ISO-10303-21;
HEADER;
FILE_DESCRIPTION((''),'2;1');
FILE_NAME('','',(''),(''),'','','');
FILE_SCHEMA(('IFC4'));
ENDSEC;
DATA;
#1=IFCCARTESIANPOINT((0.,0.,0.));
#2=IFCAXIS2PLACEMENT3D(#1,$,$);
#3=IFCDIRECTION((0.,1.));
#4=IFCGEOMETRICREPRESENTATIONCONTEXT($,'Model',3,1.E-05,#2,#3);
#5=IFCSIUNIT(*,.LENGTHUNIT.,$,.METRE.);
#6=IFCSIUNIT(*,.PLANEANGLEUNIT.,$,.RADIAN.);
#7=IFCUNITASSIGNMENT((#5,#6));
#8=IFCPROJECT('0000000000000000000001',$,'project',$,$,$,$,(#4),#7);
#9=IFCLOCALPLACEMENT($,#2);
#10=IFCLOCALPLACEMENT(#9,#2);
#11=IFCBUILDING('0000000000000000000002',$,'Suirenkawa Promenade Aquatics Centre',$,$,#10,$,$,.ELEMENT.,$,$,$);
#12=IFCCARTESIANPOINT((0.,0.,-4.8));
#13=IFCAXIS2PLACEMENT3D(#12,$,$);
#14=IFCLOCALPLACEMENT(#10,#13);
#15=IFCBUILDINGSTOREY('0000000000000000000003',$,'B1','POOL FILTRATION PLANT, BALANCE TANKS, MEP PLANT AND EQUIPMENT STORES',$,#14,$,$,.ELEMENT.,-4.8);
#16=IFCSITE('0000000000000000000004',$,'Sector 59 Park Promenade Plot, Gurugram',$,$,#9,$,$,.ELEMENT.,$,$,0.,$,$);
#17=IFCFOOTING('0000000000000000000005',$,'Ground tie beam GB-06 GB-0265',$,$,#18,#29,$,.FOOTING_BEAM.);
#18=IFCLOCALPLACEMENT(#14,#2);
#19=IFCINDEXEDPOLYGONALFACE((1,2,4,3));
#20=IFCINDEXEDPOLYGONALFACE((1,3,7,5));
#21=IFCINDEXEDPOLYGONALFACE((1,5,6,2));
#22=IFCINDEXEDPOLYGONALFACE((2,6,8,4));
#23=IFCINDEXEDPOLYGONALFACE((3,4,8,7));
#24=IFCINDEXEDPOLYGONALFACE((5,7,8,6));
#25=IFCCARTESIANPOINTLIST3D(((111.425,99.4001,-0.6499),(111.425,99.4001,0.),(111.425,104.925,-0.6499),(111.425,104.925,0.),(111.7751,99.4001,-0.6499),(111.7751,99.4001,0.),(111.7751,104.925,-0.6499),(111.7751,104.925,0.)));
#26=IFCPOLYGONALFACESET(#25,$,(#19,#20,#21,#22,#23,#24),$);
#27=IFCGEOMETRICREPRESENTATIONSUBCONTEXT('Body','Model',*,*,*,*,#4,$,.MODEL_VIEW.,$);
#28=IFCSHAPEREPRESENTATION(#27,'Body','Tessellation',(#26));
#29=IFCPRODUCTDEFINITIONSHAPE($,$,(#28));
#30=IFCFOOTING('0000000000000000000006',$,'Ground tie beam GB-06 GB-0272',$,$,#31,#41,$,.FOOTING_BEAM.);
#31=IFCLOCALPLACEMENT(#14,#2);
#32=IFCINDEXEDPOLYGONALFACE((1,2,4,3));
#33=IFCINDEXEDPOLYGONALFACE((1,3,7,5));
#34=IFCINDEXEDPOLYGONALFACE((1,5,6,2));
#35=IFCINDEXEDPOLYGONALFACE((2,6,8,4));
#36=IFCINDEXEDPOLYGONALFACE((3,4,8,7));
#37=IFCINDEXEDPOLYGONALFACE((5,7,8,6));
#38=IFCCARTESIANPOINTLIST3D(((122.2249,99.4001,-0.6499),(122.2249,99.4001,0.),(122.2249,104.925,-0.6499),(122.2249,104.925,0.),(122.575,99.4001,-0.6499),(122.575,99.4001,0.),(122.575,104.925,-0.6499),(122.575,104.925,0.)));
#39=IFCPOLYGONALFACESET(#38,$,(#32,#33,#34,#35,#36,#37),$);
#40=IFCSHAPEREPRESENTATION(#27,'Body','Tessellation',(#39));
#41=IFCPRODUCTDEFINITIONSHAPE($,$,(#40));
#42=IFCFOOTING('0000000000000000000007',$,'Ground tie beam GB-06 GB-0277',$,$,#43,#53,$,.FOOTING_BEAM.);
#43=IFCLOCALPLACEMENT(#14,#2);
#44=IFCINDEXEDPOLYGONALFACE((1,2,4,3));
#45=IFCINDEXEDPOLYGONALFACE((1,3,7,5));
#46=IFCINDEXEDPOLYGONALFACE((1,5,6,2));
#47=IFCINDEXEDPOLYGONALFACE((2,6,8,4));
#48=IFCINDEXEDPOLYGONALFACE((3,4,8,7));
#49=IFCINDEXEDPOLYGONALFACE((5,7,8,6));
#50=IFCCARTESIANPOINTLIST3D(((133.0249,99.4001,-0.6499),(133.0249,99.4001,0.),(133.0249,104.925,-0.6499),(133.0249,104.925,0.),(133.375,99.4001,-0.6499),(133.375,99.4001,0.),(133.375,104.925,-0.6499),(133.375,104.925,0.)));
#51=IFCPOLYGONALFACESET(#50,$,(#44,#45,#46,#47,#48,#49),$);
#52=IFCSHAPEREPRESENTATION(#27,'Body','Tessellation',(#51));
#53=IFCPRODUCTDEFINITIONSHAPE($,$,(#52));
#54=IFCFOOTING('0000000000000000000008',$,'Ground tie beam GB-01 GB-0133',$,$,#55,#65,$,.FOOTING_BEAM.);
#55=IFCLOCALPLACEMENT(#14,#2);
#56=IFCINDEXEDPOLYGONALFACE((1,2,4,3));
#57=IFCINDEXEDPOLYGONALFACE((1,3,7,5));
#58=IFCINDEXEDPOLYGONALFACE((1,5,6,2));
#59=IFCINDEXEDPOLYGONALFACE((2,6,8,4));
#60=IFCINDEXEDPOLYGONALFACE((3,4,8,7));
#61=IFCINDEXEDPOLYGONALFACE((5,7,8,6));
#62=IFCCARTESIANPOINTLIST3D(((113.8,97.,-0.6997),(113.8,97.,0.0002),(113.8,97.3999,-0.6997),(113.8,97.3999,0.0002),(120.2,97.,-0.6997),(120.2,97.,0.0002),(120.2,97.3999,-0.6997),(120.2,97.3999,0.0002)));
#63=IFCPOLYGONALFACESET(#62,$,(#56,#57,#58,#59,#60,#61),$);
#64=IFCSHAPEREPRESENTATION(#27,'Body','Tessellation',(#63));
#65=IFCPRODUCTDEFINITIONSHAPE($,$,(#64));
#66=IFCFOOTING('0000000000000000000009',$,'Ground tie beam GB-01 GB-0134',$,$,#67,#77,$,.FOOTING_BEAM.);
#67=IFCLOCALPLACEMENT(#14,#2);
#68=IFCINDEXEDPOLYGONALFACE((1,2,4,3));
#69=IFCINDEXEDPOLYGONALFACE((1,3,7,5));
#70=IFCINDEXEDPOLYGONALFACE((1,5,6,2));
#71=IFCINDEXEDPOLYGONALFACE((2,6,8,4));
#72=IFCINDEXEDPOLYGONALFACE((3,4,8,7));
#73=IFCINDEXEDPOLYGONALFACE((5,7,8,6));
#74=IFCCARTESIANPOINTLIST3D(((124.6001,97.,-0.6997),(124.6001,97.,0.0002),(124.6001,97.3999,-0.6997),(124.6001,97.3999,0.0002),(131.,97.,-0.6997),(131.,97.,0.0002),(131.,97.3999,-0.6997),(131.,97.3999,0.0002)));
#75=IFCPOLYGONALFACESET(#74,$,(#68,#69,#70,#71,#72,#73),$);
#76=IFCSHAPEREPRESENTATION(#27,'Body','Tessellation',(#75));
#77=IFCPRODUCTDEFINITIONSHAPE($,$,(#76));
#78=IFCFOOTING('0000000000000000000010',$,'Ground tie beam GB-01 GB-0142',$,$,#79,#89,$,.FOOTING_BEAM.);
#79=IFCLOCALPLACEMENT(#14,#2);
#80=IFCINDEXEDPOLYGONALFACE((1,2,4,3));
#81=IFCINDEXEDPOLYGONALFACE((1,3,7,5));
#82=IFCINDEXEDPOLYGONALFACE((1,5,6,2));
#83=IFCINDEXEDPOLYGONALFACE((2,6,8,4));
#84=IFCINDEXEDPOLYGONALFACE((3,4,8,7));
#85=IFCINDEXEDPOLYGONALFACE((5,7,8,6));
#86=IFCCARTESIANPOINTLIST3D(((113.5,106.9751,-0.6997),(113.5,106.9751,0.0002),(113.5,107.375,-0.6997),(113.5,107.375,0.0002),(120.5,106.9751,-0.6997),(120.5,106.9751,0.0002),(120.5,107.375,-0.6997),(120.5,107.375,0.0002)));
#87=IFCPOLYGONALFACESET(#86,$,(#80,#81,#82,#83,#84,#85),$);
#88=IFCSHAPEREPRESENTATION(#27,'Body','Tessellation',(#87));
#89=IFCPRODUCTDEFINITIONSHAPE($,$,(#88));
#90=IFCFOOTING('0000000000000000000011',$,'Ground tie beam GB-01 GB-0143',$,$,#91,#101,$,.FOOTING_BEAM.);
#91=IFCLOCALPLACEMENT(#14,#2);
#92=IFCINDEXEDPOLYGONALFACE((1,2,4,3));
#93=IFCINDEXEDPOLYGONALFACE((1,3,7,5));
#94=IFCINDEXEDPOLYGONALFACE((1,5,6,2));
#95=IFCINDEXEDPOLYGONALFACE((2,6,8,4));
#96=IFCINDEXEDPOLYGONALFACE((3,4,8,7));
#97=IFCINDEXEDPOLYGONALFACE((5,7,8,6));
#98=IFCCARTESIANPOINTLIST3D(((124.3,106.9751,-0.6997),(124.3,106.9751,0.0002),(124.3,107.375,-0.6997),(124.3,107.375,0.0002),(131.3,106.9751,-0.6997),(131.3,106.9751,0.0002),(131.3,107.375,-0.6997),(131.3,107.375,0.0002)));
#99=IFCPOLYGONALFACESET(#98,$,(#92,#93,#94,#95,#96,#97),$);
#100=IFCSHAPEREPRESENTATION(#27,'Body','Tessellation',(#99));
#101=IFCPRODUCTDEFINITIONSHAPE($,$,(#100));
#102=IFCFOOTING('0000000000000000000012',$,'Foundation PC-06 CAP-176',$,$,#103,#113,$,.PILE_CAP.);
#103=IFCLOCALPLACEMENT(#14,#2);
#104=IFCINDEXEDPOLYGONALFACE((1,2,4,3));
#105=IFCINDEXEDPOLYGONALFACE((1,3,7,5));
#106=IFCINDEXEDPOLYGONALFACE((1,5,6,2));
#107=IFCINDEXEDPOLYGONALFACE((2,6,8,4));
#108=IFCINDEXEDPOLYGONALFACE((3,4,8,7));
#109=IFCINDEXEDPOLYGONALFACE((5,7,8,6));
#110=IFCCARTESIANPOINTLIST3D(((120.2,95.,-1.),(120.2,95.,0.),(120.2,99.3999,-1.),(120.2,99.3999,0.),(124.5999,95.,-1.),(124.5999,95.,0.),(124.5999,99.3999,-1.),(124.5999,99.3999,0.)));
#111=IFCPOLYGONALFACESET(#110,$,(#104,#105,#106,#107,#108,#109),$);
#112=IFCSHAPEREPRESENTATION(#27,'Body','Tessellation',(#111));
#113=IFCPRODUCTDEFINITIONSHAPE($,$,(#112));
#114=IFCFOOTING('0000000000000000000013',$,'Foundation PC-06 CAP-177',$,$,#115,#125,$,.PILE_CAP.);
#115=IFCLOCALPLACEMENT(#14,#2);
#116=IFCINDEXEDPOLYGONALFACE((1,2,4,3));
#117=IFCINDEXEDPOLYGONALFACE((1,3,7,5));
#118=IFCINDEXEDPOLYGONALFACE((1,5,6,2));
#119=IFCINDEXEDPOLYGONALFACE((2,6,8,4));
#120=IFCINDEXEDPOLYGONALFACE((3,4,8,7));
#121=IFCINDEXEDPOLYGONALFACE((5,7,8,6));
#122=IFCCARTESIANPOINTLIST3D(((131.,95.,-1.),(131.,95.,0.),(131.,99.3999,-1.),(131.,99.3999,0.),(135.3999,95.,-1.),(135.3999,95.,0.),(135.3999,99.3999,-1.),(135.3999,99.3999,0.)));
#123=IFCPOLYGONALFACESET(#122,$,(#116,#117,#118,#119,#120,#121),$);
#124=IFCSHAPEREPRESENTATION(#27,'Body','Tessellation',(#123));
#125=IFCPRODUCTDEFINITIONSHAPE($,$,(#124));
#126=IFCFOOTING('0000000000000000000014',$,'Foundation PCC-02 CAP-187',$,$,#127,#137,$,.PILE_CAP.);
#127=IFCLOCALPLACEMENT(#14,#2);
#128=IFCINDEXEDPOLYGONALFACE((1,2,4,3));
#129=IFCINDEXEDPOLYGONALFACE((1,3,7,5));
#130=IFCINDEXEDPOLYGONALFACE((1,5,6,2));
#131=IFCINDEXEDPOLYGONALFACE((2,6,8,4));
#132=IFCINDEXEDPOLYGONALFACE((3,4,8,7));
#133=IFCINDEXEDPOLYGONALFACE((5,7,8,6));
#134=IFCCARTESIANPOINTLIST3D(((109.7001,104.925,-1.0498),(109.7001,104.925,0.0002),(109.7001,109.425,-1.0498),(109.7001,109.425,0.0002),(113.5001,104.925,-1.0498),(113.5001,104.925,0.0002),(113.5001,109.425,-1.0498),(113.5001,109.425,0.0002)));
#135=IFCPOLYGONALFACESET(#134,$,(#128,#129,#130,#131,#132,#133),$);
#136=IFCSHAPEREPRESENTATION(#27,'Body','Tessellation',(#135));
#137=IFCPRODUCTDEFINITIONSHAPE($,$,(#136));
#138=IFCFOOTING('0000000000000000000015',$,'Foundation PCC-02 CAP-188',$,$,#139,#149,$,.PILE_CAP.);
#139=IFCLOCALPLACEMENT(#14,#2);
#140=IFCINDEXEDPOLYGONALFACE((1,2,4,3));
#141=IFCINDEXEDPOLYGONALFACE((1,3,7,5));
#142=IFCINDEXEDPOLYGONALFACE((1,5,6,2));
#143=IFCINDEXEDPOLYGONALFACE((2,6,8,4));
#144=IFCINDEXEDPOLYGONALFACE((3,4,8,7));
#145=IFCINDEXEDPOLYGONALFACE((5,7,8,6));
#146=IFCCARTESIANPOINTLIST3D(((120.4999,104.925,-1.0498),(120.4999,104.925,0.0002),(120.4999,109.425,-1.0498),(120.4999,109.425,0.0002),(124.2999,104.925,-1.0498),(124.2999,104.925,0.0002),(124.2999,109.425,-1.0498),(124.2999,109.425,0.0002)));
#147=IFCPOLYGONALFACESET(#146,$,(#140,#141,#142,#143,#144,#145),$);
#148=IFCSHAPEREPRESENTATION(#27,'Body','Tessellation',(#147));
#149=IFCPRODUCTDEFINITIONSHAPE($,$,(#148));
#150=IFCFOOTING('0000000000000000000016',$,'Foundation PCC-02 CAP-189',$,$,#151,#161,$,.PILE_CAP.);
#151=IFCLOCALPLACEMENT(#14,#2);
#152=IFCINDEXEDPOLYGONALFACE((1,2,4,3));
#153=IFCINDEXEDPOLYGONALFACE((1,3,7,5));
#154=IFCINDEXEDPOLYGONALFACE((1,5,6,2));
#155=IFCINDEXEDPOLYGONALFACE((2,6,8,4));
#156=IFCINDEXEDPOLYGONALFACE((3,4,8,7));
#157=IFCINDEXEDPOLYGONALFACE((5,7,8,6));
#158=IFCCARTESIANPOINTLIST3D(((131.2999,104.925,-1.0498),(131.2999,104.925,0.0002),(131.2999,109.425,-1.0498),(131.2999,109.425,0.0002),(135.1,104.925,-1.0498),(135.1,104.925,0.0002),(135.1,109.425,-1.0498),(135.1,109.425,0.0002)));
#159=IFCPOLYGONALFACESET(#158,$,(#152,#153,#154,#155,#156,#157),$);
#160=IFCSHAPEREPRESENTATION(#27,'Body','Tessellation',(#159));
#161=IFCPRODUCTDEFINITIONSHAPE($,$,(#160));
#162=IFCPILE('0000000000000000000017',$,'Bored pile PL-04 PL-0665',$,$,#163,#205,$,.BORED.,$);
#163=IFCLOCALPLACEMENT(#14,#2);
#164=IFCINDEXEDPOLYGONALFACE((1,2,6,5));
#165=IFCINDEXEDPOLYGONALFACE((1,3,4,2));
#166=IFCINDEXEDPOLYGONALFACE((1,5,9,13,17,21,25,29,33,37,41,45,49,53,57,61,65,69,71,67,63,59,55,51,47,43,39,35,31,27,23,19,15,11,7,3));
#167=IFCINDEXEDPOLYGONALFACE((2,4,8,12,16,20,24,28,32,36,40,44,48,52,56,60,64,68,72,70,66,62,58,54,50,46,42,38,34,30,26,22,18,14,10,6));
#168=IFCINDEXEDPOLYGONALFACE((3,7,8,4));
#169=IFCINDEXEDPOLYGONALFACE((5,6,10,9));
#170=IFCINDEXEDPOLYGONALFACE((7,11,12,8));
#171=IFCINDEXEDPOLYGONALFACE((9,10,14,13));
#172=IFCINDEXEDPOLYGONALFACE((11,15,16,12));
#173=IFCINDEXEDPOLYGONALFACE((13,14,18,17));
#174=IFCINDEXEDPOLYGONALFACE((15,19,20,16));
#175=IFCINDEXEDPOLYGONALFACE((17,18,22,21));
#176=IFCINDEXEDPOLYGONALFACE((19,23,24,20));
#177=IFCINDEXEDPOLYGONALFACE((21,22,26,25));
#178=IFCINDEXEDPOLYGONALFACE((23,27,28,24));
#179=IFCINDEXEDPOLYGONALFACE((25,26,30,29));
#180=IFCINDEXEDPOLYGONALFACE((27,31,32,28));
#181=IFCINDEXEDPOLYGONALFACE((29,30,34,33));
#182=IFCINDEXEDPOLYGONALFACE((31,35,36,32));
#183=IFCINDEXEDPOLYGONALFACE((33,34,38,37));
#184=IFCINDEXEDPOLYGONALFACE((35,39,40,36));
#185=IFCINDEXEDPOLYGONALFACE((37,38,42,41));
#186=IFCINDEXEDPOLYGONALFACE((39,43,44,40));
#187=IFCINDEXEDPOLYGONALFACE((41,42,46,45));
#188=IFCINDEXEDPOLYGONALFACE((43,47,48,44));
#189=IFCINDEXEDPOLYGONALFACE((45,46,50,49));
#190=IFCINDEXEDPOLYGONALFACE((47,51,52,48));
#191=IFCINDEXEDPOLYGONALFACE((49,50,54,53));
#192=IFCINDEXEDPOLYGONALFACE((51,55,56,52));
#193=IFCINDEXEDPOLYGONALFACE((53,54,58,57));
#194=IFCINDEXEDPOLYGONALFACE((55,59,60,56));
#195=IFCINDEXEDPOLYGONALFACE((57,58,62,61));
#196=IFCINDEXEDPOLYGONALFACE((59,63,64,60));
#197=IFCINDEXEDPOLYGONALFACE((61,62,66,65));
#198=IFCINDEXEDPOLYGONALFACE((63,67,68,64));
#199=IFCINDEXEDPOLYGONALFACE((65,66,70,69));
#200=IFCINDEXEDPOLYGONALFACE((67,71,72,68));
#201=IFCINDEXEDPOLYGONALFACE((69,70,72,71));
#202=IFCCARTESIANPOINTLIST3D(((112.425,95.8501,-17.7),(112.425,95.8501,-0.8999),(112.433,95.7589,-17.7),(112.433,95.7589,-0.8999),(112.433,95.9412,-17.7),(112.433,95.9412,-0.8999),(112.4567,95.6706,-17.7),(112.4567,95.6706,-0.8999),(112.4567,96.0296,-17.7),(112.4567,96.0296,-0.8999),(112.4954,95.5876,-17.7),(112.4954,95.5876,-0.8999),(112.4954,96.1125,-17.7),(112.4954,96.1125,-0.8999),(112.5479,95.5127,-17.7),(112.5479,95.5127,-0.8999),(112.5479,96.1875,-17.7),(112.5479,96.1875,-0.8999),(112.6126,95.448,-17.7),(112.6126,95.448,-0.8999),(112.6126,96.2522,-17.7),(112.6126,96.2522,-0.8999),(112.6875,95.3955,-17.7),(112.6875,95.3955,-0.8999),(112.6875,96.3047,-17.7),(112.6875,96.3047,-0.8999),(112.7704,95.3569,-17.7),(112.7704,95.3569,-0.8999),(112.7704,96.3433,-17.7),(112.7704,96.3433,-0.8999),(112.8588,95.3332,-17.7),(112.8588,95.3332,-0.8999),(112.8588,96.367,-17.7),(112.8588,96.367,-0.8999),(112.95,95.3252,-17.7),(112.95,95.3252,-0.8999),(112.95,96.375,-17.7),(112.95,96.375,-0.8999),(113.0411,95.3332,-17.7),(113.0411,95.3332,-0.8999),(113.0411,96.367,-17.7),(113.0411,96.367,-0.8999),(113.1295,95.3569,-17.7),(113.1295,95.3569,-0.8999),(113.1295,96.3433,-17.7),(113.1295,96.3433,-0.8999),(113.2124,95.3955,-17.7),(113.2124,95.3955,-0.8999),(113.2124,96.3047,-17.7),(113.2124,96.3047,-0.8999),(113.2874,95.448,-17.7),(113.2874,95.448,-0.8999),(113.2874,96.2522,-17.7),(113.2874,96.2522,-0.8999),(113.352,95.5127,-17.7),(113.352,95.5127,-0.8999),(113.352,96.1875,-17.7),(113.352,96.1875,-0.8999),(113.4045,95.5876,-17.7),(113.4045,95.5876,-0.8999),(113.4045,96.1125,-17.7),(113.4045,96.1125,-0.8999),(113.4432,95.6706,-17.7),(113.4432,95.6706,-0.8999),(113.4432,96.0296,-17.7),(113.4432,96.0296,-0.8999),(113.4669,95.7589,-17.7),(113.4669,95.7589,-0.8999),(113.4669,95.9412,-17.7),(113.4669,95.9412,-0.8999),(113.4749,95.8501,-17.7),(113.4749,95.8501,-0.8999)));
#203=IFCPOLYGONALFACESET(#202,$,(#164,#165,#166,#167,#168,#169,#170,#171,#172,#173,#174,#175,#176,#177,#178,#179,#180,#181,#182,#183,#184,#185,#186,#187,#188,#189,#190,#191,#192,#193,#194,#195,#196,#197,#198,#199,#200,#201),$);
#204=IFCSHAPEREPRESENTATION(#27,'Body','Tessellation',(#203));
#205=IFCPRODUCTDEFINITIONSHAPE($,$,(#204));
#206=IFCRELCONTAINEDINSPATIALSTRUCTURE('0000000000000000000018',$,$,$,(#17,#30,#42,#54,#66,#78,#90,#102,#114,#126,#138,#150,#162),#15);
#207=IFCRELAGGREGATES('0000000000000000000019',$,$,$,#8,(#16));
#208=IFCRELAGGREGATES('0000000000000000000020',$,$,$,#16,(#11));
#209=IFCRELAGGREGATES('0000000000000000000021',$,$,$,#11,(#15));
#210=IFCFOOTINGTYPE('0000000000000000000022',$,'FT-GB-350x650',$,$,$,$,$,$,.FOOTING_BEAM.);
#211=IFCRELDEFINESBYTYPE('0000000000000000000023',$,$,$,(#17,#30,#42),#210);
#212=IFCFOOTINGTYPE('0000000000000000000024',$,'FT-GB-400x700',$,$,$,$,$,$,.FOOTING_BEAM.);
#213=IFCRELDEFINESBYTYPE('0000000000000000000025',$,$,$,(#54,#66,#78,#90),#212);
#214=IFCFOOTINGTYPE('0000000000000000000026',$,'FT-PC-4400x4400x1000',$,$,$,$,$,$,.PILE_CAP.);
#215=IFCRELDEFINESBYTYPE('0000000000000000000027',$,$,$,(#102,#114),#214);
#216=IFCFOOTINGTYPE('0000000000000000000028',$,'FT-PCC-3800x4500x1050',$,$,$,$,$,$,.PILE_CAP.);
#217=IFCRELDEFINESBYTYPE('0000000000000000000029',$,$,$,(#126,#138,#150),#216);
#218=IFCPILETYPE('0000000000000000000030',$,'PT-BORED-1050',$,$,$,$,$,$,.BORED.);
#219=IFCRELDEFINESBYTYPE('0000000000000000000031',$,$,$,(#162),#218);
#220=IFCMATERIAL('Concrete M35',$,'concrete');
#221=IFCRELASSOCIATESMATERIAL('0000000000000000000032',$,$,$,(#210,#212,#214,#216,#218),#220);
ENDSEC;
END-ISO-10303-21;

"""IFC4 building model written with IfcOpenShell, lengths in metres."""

from ifc_helpers import new_model, si_unit, direction, frame, origin, origin_2d, place, context, subcontext, project, spatial, rectangle, circle, extrude, material, material_profile, profile_set, type_object, element, save


model = new_model("IFC4")

# Units and contexts
model_context = context("Model", 3, precision=1e-05, world=origin(), true_north=direction((0.0, 1.0)))
body_context = subcontext(model_context, "Body", "Model", "MODEL_VIEW")
ifc_project = project(units=[si_unit("LENGTHUNIT", "METRE"), si_unit("PLANEANGLEUNIT", "RADIAN")], contexts=[model_context])

# Site, building, storey
site_placement = place(None, origin())
site = spatial("IfcSite", under=ifc_project, at=site_placement, Name="Sector 59 Park Promenade Plot, Gurugram", CompositionType="ELEMENT", RefElevation=0.0)
building_placement = place(site_placement, origin())
building = spatial("IfcBuilding", under=site, at=building_placement, Name="Suirenkawa Promenade Aquatics Centre", CompositionType="ELEMENT")
storey_placement = place(building_placement, frame((0.0, 0.0, -4.8)))
storey = spatial("IfcBuildingStorey", under=building, at=storey_placement, Name="B1", Description="POOL FILTRATION PLANT, BALANCE TANKS, MEP PLANT AND EQUIPMENT STORES", CompositionType="ELEMENT", Elevation=-4.8)

# Footings
ifc_material_1 = material(Name="Concrete M35", Category="concrete")
footing_type_1 = type_object("IfcFootingType", Name="FT-GB-350x650", PredefinedType="FOOTING_BEAM", material=ifc_material_1)
for number, where, z_axis, x_axis, name in (
    (1, (111.6001, 102.1626, -0.6499), (0.0, 0.0, 1.0), (0.0, 1.0, 0.0), "Ground tie beam GB-06 GB-0265"),
    (2, (122.3999, 102.1626, -0.6499), (0.0, 0.0, 1.0), (0.0, 1.0, 0.0), "Ground tie beam GB-06 GB-0272"),
    (3, (133.2, 102.1626, -0.6499), (0.0, 0.0, 1.0), (0.0, 1.0, 0.0), "Ground tie beam GB-06 GB-0277"),
):
    element("IfcFooting", number, at=place(storey_placement, frame(where, z_axis=z_axis, x_axis=x_axis)), inside=storey, type_object=footing_type_1, Name=name, PredefinedType="FOOTING_BEAM", context=body_context, shape_type="SweptSolid", body=[
        extrude(rectangle(XDim=5.5249, YDim=0.3501, at=origin_2d()), origin(), (0.0, 0.0, 1.0), 0.6499),
    ])
footing_type_2 = type_object("IfcFootingType", Name="FT-GB-400x700", PredefinedType="FOOTING_BEAM", material=ifc_material_1)
for number, where, z_axis, x_axis, name in (
    (4, (117.0, 97.2, -0.6997), (0.0, 0.0, 1.0), (1.0, 0.0, 0.0), "Ground tie beam GB-01 GB-0133"),
    (5, (127.8, 97.2, -0.6997), (0.0, 0.0, 1.0), (1.0, 0.0, 0.0), "Ground tie beam GB-01 GB-0134"),
):
    element("IfcFooting", number, at=place(storey_placement, frame(where, z_axis=z_axis, x_axis=x_axis)), inside=storey, type_object=footing_type_2, Name=name, PredefinedType="FOOTING_BEAM", context=body_context, shape_type="SweptSolid", body=[
        extrude(rectangle(XDim=6.3999, YDim=0.3999, at=origin_2d()), origin(), (0.0, 0.0, 1.0), 0.7),
    ])
for number, where, z_axis, x_axis, name in (
    (6, (117.0, 107.175, -0.6997), (0.0, 0.0, 1.0), (1.0, 0.0, 0.0), "Ground tie beam GB-01 GB-0142"),
    (7, (127.8, 107.175, -0.6997), (0.0, 0.0, 1.0), (1.0, 0.0, 0.0), "Ground tie beam GB-01 GB-0143"),
):
    element("IfcFooting", number, at=place(storey_placement, frame(where, z_axis=z_axis, x_axis=x_axis)), inside=storey, type_object=footing_type_2, Name=name, PredefinedType="FOOTING_BEAM", context=body_context, shape_type="SweptSolid", body=[
        extrude(rectangle(XDim=7.0, YDim=0.3999, at=origin_2d()), origin(), (0.0, 0.0, 1.0), 0.7),
    ])
footing_type_3 = type_object("IfcFootingType", Name="FT-PC-4400x4400x1000", PredefinedType="PILE_CAP", material=ifc_material_1)
for number, where, z_axis, x_axis, name in (
    (8, (122.3999, 97.2, -1.0), (0.0, 0.0, 1.0), (1.0, 0.0, 0.0), "Foundation PC-06 CAP-176"),
    (9, (133.2, 97.2, -1.0), (0.0, 0.0, 1.0), (1.0, 0.0, 0.0), "Foundation PC-06 CAP-177"),
):
    element("IfcFooting", number, at=place(storey_placement, frame(where, z_axis=z_axis, x_axis=x_axis)), inside=storey, type_object=footing_type_3, Name=name, PredefinedType="PILE_CAP", context=body_context, shape_type="SweptSolid", body=[
        extrude(rectangle(XDim=4.3999, YDim=4.3999, at=origin_2d()), origin(), (0.0, 0.0, 1.0), 1.0),
    ])
footing_type_4 = type_object("IfcFootingType", Name="FT-PCC-3800x4500x1050", PredefinedType="PILE_CAP", material=ifc_material_1)
for number, where, z_axis, x_axis, name in (
    (10, (111.6001, 107.175, -1.0498), (0.0, 0.0, 1.0), (1.0, 0.0, 0.0), "Foundation PCC-02 CAP-187"),
    (11, (122.3999, 107.175, -1.0498), (0.0, 0.0, 1.0), (1.0, 0.0, 0.0), "Foundation PCC-02 CAP-188"),
    (12, (133.2, 107.175, -1.0498), (0.0, 0.0, 1.0), (1.0, 0.0, 0.0), "Foundation PCC-02 CAP-189"),
):
    element("IfcFooting", number, at=place(storey_placement, frame(where, z_axis=z_axis, x_axis=x_axis)), inside=storey, type_object=footing_type_4, Name=name, PredefinedType="PILE_CAP", context=body_context, shape_type="SweptSolid", body=[
        extrude(rectangle(XDim=3.8, YDim=4.5, at=origin_2d()), origin(), (0.0, 0.0, 1.0), 1.05),
    ])

# Pile
ifc_material_profile_1 = material_profile(ifc_material_1, circle(Radius=0.5249, at=origin_2d()), Name="PILE D1050", Category="concrete")
ifc_profile_set_1 = profile_set([ifc_material_profile_1], Name="Concrete M35")
pile_type_1 = type_object("IfcPileType", Name="PT-BORED-1050", PredefinedType="BORED", material=ifc_profile_set_1)
for number, where, z_axis, x_axis, name in (
    (13, (112.95, 95.8501, -0.8999), (0.0, 0.0, -1.0), (1.0, 0.0, 0.0), "Bored pile PL-04 PL-0665"),
):
    element("IfcPile", number, at=place(storey_placement, frame(where, z_axis=z_axis, x_axis=x_axis)), inside=storey, type_object=pile_type_1, Name=name, PredefinedType="BORED", context=body_context, shape_type="SweptSolid", body=[
        extrude(circle(Radius=0.5249, at=origin_2d()), origin(), (0.0, 0.0, 1.0), 16.8),
    ])

save(model, "model.ifc")
